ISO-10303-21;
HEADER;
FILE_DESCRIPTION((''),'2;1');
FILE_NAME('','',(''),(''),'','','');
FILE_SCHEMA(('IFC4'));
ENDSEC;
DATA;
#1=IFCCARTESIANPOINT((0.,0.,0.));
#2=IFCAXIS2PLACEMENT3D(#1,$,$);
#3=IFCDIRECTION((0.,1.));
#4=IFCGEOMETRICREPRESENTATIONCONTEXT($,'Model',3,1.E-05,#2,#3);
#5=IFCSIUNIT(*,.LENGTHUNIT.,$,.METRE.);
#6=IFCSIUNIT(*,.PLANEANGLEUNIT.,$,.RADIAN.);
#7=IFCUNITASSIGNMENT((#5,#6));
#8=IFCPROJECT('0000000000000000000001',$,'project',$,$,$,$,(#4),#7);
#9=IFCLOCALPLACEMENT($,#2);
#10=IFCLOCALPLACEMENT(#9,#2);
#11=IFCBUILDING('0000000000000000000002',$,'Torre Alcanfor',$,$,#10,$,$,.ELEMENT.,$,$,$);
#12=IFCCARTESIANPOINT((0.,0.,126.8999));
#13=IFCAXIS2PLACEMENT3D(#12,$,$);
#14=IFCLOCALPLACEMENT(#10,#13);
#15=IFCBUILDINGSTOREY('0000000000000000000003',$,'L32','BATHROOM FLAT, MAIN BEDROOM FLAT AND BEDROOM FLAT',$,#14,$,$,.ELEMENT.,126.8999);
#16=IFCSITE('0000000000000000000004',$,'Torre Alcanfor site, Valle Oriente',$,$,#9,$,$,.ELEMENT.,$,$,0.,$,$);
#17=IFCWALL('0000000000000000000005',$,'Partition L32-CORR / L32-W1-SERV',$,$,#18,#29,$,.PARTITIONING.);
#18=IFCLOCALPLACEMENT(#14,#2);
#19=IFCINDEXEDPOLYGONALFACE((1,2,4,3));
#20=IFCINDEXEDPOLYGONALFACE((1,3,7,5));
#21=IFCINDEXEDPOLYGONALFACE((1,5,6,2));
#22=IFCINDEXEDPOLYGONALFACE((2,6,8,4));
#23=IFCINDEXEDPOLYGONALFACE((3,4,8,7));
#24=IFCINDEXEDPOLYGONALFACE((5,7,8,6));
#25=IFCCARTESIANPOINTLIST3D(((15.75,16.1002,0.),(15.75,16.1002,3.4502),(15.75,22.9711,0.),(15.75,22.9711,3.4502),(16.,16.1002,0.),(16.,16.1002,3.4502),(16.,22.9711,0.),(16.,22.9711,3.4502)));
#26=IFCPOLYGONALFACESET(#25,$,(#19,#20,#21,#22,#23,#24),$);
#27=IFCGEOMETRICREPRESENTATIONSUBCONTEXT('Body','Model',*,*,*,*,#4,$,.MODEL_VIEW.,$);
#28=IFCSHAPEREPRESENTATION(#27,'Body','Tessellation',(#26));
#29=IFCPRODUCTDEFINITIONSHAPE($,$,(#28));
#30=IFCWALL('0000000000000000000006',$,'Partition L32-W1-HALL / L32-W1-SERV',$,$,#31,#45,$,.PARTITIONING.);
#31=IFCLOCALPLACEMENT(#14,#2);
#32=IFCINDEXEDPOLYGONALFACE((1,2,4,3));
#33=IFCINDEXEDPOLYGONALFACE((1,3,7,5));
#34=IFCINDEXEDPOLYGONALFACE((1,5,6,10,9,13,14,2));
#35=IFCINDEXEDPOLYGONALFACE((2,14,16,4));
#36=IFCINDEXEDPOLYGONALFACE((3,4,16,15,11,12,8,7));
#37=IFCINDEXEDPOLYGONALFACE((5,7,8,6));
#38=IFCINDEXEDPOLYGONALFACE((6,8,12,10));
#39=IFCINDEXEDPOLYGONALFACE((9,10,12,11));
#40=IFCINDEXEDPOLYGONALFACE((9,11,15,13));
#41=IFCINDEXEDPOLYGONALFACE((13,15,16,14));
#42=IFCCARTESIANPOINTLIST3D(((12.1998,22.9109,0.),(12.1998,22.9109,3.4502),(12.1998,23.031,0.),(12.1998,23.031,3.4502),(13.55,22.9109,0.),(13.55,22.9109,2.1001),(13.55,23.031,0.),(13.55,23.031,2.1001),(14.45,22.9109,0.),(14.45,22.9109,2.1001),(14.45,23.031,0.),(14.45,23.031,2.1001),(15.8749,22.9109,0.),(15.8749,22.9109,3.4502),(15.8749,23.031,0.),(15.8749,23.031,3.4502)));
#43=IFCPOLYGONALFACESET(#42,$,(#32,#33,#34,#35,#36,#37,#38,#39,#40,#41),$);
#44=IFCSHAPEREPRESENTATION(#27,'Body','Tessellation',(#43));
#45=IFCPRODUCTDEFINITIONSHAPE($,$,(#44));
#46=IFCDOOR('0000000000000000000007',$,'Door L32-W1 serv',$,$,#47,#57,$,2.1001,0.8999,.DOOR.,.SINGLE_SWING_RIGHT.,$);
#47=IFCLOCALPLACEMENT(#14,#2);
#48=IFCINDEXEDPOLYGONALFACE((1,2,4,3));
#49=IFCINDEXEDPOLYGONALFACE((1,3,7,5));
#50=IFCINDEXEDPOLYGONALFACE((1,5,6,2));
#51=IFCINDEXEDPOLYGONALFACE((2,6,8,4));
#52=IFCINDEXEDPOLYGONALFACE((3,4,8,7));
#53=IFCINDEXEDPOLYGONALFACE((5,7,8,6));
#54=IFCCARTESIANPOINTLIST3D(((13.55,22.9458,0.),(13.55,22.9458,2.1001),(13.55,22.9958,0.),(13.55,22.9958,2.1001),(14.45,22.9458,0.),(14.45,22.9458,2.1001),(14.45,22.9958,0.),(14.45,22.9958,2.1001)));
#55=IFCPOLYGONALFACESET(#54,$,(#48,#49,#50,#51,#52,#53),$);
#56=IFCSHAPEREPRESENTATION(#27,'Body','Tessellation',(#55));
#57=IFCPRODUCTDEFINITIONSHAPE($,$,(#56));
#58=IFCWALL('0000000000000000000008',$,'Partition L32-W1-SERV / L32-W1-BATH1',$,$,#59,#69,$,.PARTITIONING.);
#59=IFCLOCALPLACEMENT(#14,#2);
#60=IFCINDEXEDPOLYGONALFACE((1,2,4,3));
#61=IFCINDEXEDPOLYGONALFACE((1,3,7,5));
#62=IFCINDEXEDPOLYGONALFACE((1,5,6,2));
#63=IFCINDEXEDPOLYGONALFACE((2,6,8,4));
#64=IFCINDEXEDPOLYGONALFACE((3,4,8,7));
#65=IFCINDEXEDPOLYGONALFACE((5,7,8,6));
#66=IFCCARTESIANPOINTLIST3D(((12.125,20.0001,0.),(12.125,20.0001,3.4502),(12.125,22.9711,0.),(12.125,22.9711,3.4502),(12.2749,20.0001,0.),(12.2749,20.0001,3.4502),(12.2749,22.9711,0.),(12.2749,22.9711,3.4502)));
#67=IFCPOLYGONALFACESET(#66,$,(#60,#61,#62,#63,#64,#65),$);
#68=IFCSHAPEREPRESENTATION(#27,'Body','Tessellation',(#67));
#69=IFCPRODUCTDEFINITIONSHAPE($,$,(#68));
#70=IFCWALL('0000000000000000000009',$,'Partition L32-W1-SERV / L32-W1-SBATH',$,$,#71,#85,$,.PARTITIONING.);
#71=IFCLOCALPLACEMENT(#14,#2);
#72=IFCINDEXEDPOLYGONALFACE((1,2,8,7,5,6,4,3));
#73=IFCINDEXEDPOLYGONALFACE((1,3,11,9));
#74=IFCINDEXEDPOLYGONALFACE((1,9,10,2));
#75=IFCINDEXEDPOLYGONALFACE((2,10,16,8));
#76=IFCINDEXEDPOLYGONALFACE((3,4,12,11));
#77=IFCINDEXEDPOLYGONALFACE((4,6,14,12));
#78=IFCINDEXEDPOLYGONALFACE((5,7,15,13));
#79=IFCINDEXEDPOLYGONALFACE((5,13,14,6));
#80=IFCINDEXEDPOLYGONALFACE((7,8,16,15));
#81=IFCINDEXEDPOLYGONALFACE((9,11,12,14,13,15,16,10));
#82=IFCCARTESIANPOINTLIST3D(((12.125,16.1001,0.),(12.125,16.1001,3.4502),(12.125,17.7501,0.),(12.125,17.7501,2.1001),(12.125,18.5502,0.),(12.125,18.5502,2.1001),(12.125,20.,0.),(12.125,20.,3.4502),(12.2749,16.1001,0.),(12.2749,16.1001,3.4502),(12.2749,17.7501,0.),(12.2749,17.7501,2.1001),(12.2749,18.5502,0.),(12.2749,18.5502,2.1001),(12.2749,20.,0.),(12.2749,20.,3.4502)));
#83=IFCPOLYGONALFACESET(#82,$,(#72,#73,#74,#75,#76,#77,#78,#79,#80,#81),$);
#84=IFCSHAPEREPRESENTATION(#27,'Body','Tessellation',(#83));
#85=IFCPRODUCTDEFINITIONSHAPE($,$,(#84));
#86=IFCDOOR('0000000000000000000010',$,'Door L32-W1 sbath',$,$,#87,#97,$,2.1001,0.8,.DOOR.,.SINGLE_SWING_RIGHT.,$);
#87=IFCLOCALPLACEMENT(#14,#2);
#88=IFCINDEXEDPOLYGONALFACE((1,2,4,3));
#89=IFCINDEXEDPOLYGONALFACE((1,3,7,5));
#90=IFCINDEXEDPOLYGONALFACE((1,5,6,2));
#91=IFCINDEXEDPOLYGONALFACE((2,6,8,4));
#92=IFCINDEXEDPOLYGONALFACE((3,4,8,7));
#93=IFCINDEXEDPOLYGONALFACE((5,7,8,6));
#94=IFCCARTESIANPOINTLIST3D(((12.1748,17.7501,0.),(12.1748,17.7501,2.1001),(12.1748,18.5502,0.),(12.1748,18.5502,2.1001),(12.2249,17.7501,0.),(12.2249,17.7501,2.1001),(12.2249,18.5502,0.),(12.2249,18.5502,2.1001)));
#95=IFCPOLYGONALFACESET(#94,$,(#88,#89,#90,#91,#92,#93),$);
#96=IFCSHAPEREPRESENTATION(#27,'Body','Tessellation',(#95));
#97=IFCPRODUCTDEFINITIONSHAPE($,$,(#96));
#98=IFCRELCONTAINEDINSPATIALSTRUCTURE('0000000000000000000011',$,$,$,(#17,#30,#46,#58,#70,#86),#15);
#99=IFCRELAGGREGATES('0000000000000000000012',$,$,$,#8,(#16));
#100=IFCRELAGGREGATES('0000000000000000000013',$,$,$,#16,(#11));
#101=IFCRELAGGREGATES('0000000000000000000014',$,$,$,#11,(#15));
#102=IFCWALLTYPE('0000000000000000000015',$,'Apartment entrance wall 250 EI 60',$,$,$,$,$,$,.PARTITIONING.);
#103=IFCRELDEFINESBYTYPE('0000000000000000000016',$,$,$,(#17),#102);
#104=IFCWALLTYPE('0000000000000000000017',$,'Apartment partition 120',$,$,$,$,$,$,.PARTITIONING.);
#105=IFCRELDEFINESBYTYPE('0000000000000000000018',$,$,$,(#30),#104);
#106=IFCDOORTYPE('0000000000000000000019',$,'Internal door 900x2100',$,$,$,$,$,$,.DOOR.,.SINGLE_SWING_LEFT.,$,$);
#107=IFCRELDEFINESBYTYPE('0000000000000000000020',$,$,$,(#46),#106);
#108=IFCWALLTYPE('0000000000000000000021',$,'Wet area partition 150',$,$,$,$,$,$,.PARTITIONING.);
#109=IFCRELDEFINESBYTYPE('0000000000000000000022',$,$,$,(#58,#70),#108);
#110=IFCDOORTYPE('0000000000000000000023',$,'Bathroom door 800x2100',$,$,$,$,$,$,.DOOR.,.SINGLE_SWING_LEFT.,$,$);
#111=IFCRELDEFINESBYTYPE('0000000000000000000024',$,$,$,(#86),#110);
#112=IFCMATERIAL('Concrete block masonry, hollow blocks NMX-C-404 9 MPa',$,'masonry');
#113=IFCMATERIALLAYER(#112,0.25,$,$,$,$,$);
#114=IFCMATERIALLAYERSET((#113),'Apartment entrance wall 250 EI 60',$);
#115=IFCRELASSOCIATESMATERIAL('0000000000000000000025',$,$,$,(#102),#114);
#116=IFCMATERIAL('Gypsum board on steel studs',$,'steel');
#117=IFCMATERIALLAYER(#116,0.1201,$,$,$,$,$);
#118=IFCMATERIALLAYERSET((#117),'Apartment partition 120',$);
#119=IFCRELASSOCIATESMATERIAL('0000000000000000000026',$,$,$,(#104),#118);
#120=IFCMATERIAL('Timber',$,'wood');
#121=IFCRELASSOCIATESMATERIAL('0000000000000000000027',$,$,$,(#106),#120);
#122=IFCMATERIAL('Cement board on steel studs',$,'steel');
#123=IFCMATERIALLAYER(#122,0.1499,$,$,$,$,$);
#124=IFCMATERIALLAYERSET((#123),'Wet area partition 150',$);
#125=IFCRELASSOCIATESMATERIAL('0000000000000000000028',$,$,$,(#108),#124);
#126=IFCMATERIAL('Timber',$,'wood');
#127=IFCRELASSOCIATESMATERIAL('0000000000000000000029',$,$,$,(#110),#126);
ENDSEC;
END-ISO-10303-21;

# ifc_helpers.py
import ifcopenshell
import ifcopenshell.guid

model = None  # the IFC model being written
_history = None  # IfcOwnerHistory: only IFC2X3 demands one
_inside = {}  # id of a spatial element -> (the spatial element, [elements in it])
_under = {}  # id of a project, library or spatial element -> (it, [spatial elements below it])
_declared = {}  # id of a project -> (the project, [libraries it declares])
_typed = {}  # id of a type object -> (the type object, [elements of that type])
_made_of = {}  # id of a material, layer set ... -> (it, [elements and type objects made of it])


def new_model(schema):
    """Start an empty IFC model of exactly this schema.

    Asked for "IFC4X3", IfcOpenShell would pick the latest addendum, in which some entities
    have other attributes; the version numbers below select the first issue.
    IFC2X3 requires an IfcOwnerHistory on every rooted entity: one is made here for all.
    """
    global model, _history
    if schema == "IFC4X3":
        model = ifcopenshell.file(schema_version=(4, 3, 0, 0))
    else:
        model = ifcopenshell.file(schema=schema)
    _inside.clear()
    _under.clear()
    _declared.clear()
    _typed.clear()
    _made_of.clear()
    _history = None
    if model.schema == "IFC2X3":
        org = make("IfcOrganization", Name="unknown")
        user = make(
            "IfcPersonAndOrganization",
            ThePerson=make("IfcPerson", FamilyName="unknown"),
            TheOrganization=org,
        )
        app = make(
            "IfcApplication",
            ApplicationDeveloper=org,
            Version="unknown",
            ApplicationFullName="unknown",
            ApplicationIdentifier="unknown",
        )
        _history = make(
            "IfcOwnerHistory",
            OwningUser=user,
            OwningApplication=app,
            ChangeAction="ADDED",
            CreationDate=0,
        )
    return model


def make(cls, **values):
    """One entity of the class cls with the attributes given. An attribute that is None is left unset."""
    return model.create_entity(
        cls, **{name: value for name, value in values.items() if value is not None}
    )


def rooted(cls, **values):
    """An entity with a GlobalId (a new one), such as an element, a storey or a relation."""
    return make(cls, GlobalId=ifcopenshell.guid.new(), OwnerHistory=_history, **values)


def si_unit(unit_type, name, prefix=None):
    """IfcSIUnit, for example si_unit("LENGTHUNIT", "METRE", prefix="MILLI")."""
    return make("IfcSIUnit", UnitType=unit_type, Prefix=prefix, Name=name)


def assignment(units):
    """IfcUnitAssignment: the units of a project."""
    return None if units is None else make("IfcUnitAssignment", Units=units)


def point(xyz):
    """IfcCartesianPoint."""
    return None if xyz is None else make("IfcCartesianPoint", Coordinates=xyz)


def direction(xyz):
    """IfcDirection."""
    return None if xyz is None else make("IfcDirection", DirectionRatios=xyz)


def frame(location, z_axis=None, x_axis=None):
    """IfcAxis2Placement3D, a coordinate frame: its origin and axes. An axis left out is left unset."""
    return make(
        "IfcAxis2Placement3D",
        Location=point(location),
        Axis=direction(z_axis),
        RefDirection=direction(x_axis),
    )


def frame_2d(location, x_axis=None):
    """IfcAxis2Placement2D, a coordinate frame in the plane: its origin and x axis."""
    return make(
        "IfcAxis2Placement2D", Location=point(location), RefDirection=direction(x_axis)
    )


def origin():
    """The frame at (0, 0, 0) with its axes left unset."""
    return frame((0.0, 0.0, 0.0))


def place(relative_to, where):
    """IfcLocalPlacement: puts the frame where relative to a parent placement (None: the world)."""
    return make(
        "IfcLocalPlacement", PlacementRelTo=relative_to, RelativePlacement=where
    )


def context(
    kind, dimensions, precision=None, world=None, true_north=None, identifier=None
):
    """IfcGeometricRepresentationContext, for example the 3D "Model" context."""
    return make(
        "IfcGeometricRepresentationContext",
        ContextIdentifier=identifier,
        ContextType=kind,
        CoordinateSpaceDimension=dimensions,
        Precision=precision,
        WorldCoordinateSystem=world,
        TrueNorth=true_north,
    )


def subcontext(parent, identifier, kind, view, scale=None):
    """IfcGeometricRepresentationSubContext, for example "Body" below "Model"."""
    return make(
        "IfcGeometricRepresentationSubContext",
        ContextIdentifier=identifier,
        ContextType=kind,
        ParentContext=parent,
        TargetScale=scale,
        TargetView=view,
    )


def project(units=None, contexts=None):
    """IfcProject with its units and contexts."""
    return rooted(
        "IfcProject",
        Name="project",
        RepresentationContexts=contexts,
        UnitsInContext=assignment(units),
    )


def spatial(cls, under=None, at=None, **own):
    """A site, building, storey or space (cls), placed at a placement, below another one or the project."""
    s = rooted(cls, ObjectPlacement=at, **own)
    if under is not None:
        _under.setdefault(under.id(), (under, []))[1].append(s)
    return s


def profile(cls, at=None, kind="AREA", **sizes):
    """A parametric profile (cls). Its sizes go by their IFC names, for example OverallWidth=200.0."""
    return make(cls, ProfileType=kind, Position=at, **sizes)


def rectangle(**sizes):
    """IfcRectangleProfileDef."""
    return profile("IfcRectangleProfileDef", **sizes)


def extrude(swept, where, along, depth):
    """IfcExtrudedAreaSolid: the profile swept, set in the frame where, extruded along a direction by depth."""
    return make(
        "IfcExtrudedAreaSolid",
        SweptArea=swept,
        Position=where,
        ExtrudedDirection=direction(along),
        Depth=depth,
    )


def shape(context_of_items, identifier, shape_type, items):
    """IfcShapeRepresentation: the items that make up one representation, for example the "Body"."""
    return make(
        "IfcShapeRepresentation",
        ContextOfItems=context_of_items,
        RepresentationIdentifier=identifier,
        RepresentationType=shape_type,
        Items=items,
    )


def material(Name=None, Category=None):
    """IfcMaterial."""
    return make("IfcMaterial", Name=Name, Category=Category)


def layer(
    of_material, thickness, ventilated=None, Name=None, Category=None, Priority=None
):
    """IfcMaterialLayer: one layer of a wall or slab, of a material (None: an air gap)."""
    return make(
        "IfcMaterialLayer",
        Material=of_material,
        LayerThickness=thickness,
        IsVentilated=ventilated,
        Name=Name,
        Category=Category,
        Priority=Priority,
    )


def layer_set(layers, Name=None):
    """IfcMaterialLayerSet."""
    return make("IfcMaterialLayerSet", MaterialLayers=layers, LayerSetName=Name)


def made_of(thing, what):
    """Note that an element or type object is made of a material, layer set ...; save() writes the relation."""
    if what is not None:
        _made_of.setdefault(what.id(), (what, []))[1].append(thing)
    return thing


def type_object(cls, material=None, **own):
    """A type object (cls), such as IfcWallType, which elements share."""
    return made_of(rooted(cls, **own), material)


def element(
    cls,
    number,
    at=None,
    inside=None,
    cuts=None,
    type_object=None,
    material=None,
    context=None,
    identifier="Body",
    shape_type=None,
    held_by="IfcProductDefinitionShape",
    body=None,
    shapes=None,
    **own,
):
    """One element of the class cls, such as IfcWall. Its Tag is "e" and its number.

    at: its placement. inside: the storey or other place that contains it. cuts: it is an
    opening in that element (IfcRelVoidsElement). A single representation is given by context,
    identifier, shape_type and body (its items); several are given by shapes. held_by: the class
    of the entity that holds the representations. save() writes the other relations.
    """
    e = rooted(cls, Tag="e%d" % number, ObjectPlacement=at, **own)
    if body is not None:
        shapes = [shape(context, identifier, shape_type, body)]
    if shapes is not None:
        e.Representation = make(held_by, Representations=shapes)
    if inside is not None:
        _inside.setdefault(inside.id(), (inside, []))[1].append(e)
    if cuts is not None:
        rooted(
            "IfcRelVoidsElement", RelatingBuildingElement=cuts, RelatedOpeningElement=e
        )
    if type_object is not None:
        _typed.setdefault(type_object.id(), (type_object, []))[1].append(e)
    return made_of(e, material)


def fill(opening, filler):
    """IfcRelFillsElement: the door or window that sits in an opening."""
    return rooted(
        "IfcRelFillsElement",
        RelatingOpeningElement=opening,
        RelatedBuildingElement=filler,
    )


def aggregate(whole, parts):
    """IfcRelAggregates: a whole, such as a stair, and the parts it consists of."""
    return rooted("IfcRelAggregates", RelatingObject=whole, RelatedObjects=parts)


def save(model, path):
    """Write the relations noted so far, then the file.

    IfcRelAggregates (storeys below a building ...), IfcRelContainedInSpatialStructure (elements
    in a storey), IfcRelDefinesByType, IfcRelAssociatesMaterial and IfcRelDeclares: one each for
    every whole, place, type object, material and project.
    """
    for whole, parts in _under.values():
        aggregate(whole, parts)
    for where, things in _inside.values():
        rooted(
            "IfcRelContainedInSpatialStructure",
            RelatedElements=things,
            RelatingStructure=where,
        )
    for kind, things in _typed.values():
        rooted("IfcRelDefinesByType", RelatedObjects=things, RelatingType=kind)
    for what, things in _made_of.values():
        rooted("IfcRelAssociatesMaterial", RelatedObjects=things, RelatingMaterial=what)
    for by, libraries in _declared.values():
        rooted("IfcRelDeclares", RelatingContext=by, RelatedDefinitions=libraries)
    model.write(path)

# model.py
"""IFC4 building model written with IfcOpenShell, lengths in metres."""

from ifc_helpers import new_model, si_unit, direction, frame, frame_2d, origin, place, context, subcontext, project, spatial, rectangle, extrude, material, layer, layer_set, type_object, element, fill, save


model = new_model("IFC4")

# Units and contexts
model_context = context("Model", 3, precision=1e-05, world=origin(), true_north=direction((0.0, 1.0)))
body_context = subcontext(model_context, "Body", "Model", "MODEL_VIEW")
ifc_project = project(units=[si_unit("LENGTHUNIT", "METRE"), si_unit("PLANEANGLEUNIT", "RADIAN")], contexts=[model_context])

# Site, building, storey
site_placement = place(None, origin())
site = spatial("IfcSite", under=ifc_project, at=site_placement, Name="Torre Alcanfor site, Valle Oriente", CompositionType="ELEMENT", RefElevation=0.0)
building_placement = place(site_placement, origin())
building = spatial("IfcBuilding", under=site, at=building_placement, Name="Torre Alcanfor", CompositionType="ELEMENT")
storey_placement = place(building_placement, frame((0.0, 0.0, 126.8999)))
storey = spatial("IfcBuildingStorey", under=building, at=storey_placement, Name="L32", Description="BATHROOM FLAT, MAIN BEDROOM FLAT AND BEDROOM FLAT", CompositionType="ELEMENT", Elevation=126.8999)

# Shared definitions
ifc_material_1 = material(Name="Concrete block masonry, hollow blocks NMX-C-404 9 MPa", Category="masonry")
ifc_layer_1 = layer(ifc_material_1, 0.25)
ifc_layer_set_1 = layer_set([ifc_layer_1], Name="Apartment entrance wall 250 EI 60")
wall_type_1 = type_object("IfcWallType", Name="Apartment entrance wall 250 EI 60", PredefinedType="PARTITIONING", material=ifc_layer_set_1)

# Wall
wall_1_placement = place(storey_placement, frame((15.875, 16.1001, 0.0), z_axis=(0.0, 0.0, 1.0), x_axis=(0.0, 1.0, 0.0)))
element("IfcWall", 1, at=wall_1_placement, inside=storey, type_object=wall_type_1, Name="Partition L32-CORR / L32-W1-SERV", PredefinedType="PARTITIONING", context=body_context, shape_type="SweptSolid", body=[
    extrude(rectangle(XDim=6.8708, YDim=0.25, at=frame_2d((3.4355, 0.0))), origin(), (0.0, 0.0, 1.0), 3.4502),
])

# Wall, opening, door
ifc_material_2 = material(Name="Gypsum board on steel studs", Category="steel")
ifc_layer_2 = layer(ifc_material_2, 0.1201)
ifc_layer_set_2 = layer_set([ifc_layer_2], Name="Apartment partition 120")
wall_type_2 = type_object("IfcWallType", Name="Apartment partition 120", PredefinedType="PARTITIONING", material=ifc_layer_set_2)
wall_2_placement = place(storey_placement, frame((12.2, 22.9709, 0.0), z_axis=(0.0, 0.0, 1.0), x_axis=(1.0, 0.0, 0.0)))
wall_2 = element("IfcWall", 2, at=wall_2_placement, inside=storey, type_object=wall_type_2, Name="Partition L32-W1-HALL / L32-W1-SERV", PredefinedType="PARTITIONING", context=body_context, shape_type="SweptSolid", body=[
    extrude(rectangle(XDim=3.675, YDim=0.1201, at=frame_2d((1.8374, 0.0))), origin(), (0.0, 0.0, 1.0), 3.4502),
])
opening_1_placement = place(wall_2_placement, frame((1.3501, 0.0, 0.0)))
opening_1 = element("IfcOpeningElement", 3, at=opening_1_placement, cuts=wall_2, PredefinedType="OPENING", context=body_context, shape_type="SweptSolid", body=[
    extrude(rectangle(XDim=0.8999, YDim=2.1001, at=frame_2d((0.45, 1.05))), frame((0.0, 0.0701, 0.0), z_axis=(0.0, -1.0, 0.0), x_axis=(1.0, 0.0, 0.0)), (0.0, 0.0, 1.0), 0.1401),
])
ifc_material_3 = material(Name="Timber", Category="wood")
door_type_1 = type_object("IfcDoorType", Name="Internal door 900x2100", OperationType="SINGLE_SWING_LEFT", PredefinedType="DOOR", material=ifc_material_3)
door_1_placement = place(opening_1_placement, frame((0.8999, 0.0, 0.0), z_axis=(0.0, 0.0, 1.0), x_axis=(-1.0, 0.0, 0.0)))
door_1 = element("IfcDoor", 4, at=door_1_placement, inside=storey, type_object=door_type_1, Name="Door L32-W1 serv", OperationType="SINGLE_SWING_RIGHT", OverallHeight=2.1001, OverallWidth=0.8999, PredefinedType="DOOR", context=body_context, shape_type="SweptSolid", body=[
    extrude(rectangle(XDim=0.8999, YDim=2.1001, at=frame_2d((0.45, 1.05))), frame((0.0, 0.0251, 0.0), z_axis=(0.0, -1.0, 0.0), x_axis=(1.0, 0.0, 0.0)), (0.0, 0.0, 1.0), 0.05),
])
fill(opening_1, door_1)

# Wall
ifc_material_4 = material(Name="Cement board on steel studs", Category="steel")
ifc_layer_3 = layer(ifc_material_4, 0.1499)
ifc_layer_set_3 = layer_set([ifc_layer_3], Name="Wet area partition 150")
wall_type_3 = type_object("IfcWallType", Name="Wet area partition 150", PredefinedType="PARTITIONING", material=ifc_layer_set_3)
wall_3_placement = place(storey_placement, frame((12.2, 22.9709, 0.0), z_axis=(0.0, 0.0, 1.0), x_axis=(0.0, -1.0, 0.0)))
element("IfcWall", 5, at=wall_3_placement, inside=storey, type_object=wall_type_3, Name="Partition L32-W1-SERV / L32-W1-BATH1", PredefinedType="PARTITIONING", context=body_context, shape_type="SweptSolid", body=[
    extrude(rectangle(XDim=2.9709, YDim=0.1499, at=frame_2d((1.4854, 0.0))), origin(), (0.0, 0.0, 1.0), 3.4502),
])

# Wall, opening, door
wall_4_placement = place(storey_placement, frame((12.2, 20.0, 0.0), z_axis=(0.0, 0.0, 1.0), x_axis=(0.0, -1.0, 0.0)))
wall_4 = element("IfcWall", 6, at=wall_4_placement, inside=storey, type_object=wall_type_3, Name="Partition L32-W1-SERV / L32-W1-SBATH", PredefinedType="PARTITIONING", context=body_context, shape_type="SweptSolid", body=[
    extrude(rectangle(XDim=3.8999, YDim=0.1499, at=frame_2d((1.95, 0.0))), origin(), (0.0, 0.0, 1.0), 3.4502),
])
opening_2_placement = place(wall_4_placement, frame((1.45, 0.0, 0.0)))
opening_2 = element("IfcOpeningElement", 7, at=opening_2_placement, cuts=wall_4, PredefinedType="OPENING", context=body_context, shape_type="SweptSolid", body=[
    extrude(rectangle(XDim=0.8, YDim=2.1001, at=frame_2d((0.3999, 1.05))), frame((0.0, 0.085, 0.0), z_axis=(0.0, -1.0, 0.0), x_axis=(1.0, 0.0, 0.0)), (0.0, 0.0, 1.0), 0.1699),
])
ifc_material_5 = material(Name="Timber", Category="wood")
door_type_2 = type_object("IfcDoorType", Name="Bathroom door 800x2100", OperationType="SINGLE_SWING_LEFT", PredefinedType="DOOR", material=ifc_material_5)
door_2_placement = place(opening_2_placement, frame((0.8, 0.0, 0.0), z_axis=(0.0, 0.0, 1.0), x_axis=(-1.0, 0.0, 0.0)))
door_2 = element("IfcDoor", 8, at=door_2_placement, inside=storey, type_object=door_type_2, Name="Door L32-W1 sbath", OperationType="SINGLE_SWING_RIGHT", OverallHeight=2.1001, OverallWidth=0.8, PredefinedType="DOOR", context=body_context, shape_type="SweptSolid", body=[
    extrude(rectangle(XDim=0.8, YDim=2.1001, at=frame_2d((0.4001, 1.05))), frame((0.0, 0.0251, 0.0), z_axis=(0.0, -1.0, 0.0), x_axis=(1.0, 0.0, 0.0)), (0.0, 0.0, 1.0), 0.05),
])
fill(opening_2, door_2)

save(model, "model.ifc")
